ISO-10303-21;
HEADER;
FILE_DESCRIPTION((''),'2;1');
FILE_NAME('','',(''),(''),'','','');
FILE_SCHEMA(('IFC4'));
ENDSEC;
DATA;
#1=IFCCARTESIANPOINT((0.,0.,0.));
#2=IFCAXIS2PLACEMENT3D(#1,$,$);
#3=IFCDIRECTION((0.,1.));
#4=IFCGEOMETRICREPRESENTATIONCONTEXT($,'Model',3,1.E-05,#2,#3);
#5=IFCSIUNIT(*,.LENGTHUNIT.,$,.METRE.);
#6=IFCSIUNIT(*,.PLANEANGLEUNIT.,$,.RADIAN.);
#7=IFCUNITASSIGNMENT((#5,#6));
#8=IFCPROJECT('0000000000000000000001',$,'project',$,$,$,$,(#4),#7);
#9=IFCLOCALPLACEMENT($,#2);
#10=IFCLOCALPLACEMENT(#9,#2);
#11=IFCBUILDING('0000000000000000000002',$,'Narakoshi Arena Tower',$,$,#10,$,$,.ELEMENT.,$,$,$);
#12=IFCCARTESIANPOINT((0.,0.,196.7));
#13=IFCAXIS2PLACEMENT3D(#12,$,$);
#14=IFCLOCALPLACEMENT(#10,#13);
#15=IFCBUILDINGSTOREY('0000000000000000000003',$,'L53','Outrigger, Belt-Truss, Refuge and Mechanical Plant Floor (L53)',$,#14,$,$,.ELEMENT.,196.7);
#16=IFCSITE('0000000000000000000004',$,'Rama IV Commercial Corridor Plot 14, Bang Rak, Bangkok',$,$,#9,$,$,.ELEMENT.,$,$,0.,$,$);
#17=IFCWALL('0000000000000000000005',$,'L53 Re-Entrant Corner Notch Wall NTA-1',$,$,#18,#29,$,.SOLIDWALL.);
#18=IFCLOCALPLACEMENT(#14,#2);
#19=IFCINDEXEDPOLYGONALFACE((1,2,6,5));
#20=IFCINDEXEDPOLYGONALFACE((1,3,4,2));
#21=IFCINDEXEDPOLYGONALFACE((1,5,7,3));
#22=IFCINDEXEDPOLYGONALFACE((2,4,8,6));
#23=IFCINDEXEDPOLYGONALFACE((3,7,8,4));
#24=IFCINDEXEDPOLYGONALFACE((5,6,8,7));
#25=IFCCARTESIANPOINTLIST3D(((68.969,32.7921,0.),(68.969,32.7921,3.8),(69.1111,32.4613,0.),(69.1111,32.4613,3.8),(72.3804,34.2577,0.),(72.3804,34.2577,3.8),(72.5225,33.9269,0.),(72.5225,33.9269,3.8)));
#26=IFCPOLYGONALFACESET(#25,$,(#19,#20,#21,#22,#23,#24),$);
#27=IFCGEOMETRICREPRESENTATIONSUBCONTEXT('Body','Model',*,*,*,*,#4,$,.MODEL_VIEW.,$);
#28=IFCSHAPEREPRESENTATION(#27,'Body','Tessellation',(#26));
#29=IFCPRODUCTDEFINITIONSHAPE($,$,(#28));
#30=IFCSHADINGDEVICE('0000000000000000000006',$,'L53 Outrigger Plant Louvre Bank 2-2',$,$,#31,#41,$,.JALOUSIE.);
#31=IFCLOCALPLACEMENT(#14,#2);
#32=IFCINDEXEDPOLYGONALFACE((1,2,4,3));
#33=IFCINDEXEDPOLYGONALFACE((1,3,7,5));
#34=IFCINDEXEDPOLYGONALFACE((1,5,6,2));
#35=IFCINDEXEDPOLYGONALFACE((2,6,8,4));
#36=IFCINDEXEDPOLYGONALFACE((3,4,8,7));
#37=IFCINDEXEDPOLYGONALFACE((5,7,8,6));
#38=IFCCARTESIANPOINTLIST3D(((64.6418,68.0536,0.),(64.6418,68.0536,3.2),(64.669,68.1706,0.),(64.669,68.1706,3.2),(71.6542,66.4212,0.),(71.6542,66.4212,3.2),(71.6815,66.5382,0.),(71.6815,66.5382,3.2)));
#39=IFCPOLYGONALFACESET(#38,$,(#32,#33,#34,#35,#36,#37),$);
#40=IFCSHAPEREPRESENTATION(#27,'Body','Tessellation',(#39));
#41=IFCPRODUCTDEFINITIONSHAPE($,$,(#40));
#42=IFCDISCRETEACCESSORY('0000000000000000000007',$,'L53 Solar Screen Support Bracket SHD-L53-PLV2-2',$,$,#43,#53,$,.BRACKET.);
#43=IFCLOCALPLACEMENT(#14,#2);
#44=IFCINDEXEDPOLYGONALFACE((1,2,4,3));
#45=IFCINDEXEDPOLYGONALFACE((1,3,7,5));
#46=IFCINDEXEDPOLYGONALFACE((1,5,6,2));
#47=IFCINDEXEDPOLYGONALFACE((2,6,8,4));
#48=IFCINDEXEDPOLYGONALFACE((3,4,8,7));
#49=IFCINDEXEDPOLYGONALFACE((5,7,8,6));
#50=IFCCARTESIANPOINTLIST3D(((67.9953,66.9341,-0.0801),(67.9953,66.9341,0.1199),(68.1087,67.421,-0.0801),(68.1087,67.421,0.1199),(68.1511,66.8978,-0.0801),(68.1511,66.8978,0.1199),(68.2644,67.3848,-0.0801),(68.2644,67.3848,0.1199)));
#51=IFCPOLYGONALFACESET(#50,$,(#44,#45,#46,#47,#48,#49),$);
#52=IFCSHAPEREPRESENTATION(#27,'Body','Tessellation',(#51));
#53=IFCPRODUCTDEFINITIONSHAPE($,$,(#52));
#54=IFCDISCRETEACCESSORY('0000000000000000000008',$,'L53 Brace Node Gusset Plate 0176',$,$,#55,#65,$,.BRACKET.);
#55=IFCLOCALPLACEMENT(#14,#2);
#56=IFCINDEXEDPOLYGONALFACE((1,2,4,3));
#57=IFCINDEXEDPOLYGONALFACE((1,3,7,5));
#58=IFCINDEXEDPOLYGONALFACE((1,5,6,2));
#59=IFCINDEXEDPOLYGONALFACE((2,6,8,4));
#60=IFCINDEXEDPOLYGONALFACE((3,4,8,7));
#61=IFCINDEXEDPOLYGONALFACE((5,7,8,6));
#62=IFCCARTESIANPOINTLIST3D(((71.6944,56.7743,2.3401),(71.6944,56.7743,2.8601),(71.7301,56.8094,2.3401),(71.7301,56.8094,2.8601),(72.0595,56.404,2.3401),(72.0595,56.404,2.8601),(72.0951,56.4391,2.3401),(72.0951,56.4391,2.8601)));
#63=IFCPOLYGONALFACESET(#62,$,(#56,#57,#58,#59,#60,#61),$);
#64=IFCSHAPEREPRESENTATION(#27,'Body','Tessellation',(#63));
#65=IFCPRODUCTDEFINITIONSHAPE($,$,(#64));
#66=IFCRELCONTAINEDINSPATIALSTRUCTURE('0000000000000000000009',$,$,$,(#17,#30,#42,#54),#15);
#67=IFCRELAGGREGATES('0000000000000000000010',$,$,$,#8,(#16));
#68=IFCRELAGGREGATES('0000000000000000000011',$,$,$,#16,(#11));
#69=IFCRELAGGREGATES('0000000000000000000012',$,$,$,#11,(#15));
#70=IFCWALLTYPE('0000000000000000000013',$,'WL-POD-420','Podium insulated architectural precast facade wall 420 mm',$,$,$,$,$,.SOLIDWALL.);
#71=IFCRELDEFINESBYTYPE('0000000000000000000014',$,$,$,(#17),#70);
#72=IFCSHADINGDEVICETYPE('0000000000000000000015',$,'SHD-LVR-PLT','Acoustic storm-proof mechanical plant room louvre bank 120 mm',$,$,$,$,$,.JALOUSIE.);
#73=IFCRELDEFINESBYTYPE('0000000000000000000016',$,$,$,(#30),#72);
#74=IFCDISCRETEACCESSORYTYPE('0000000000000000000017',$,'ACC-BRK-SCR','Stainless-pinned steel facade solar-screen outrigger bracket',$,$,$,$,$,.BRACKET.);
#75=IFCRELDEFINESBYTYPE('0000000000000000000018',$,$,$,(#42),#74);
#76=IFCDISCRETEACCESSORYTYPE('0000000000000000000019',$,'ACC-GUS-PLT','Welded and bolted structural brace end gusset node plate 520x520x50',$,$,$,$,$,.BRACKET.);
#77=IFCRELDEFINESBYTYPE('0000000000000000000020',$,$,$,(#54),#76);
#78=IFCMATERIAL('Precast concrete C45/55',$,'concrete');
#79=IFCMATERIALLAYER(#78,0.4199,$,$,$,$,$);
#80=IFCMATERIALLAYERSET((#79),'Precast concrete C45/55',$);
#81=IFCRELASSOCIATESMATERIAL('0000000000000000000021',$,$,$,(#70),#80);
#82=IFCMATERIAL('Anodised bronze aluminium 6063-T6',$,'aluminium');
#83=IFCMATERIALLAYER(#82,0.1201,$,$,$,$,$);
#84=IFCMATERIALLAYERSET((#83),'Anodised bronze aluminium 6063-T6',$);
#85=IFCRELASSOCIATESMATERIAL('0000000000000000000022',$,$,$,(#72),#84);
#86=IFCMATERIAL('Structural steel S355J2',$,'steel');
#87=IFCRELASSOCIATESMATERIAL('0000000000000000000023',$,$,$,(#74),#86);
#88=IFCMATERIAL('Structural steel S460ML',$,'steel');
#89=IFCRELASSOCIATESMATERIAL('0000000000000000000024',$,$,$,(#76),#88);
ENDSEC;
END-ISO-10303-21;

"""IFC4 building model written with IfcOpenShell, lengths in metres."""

from ifc_helpers import new_model, si_unit, direction, frame, frame_2d, origin, origin_2d, place, context, subcontext, project, spatial, rectangle, extrude, material, layer, layer_set, type_object, element, save


model = new_model("IFC4")

# Units and contexts
model_context = context("Model", 3, precision=1e-05, world=origin(), true_north=direction((0.0, 1.0)))
body_context = subcontext(model_context, "Body", "Model", "MODEL_VIEW")
ifc_project = project(units=[si_unit("LENGTHUNIT", "METRE"), si_unit("PLANEANGLEUNIT", "RADIAN")], contexts=[model_context])

# Site, building, storey
site_placement = place(None, origin())
site = spatial("IfcSite", under=ifc_project, at=site_placement, Name="Rama IV Commercial Corridor Plot 14, Bang Rak, Bangkok", CompositionType="ELEMENT", RefElevation=0.0)
building_placement = place(site_placement, origin())
building = spatial("IfcBuilding", under=site, at=building_placement, Name="Narakoshi Arena Tower", CompositionType="ELEMENT")
storey_placement = place(building_placement, frame((0.0, 0.0, 196.7)))
storey = spatial("IfcBuildingStorey", under=building, at=storey_placement, Name="L53", Description="Outrigger, Belt-Truss, Refuge and Mechanical Plant Floor (L53)", CompositionType="ELEMENT", Elevation=196.7)

# Shared definitions
ifc_material_1 = material(Name="Structural steel S460ML", Category="steel")

# Shared definitions
ifc_material_2 = material(Name="Structural steel S355J2", Category="steel")

# Shared definitions
ifc_material_3 = material(Name="Anodised bronze aluminium 6063-T6", Category="aluminium")

# Wall
ifc_material_4 = material(Name="Precast concrete C45/55", Category="concrete")
ifc_layer_1 = layer(ifc_material_4, 0.4199)
ifc_layer_set_1 = layer_set([ifc_layer_1], Name="Precast concrete C45/55")
wall_type_1 = type_object("IfcWallType", Name="WL-POD-420", Description="Podium insulated architectural precast facade wall 420 mm", PredefinedType="SOLIDWALL", material=ifc_layer_set_1)
wall_1_placement = place(storey_placement, frame((69.04, 32.6267, 0.0), z_axis=(0.0, 0.0, 1.0), x_axis=(0.918798, 0.394729, 0.0)))
element("IfcWall", 1, at=wall_1_placement, inside=storey, type_object=wall_type_1, Name="L53 Re-Entrant Corner Notch Wall NTA-1", PredefinedType="SOLIDWALL", context=body_context, shape_type="SweptSolid", body=[
    extrude(rectangle(XDim=3.7129, YDim=0.3601, at=frame_2d((1.8564, 0.0))), origin(), (0.0, 0.0, 1.0), 3.8),
])

# Shading device
ifc_layer_2 = layer(ifc_material_3, 0.1201)
ifc_layer_set_2 = layer_set([ifc_layer_2], Name="Anodised bronze aluminium 6063-T6")
shading_device_type = type_object("IfcShadingDeviceType", Name="SHD-LVR-PLT", Description="Acoustic storm-proof mechanical plant room louvre bank 120 mm", PredefinedType="JALOUSIE", material=ifc_layer_set_2)
shading_device_placement = place(storey_placement, frame((68.1616, 67.2959, 0.0), z_axis=(0.0, 0.0, 1.0), x_axis=(-0.97396, 0.226719, 0.0)))
element("IfcShadingDevice", 2, at=shading_device_placement, inside=storey, type_object=shading_device_type, Name="L53 Outrigger Plant Louvre Bank 2-2", PredefinedType="JALOUSIE", context=body_context, shape_type="SweptSolid", body=[
    extrude(rectangle(XDim=7.2, YDim=0.1201, at=origin_2d()), origin(), (0.0, 0.0, 1.0), 3.2),
])

# Discrete accessories
discrete_accessory_type_1 = type_object("IfcDiscreteAccessoryType", Name="ACC-BRK-SCR", Description="Stainless-pinned steel facade solar-screen outrigger bracket", PredefinedType="BRACKET", material=ifc_material_2)
discrete_accessory_1_placement = place(storey_placement, frame((68.1299, 67.1594, -0.0801), z_axis=(0.0, 0.0, 1.0), x_axis=(-0.97396, 0.226719, 0.0)))
element("IfcDiscreteAccessory", 3, at=discrete_accessory_1_placement, inside=storey, type_object=discrete_accessory_type_1, Name="L53 Solar Screen Support Bracket SHD-L53-PLV2-2", PredefinedType="BRACKET", context=body_context, shape_type="SweptSolid", body=[
    extrude(rectangle(XDim=0.1599, YDim=0.5, at=origin_2d()), origin(), (0.0, 0.0, 1.0), 0.2),
])
discrete_accessory_type_2 = type_object("IfcDiscreteAccessoryType", Name="ACC-GUS-PLT", Description="Welded and bolted structural brace end gusset node plate 520x520x50", PredefinedType="BRACKET", material=ifc_material_1)
discrete_accessory_2_placement = place(storey_placement, frame((71.8948, 56.6067, 2.3401), z_axis=(0.0, 0.0, 1.0), x_axis=(-0.702029, 0.712149, 0.0)))
element("IfcDiscreteAccessory", 4, at=discrete_accessory_2_placement, inside=storey, type_object=discrete_accessory_type_2, Name="L53 Brace Node Gusset Plate 0176", PredefinedType="BRACKET", context=body_context, shape_type="SweptSolid", body=[
    extrude(rectangle(XDim=0.52, YDim=0.05, at=origin_2d()), origin(), (0.0, 0.0, 1.0), 0.52),
])

save(model, "model.ifc")
